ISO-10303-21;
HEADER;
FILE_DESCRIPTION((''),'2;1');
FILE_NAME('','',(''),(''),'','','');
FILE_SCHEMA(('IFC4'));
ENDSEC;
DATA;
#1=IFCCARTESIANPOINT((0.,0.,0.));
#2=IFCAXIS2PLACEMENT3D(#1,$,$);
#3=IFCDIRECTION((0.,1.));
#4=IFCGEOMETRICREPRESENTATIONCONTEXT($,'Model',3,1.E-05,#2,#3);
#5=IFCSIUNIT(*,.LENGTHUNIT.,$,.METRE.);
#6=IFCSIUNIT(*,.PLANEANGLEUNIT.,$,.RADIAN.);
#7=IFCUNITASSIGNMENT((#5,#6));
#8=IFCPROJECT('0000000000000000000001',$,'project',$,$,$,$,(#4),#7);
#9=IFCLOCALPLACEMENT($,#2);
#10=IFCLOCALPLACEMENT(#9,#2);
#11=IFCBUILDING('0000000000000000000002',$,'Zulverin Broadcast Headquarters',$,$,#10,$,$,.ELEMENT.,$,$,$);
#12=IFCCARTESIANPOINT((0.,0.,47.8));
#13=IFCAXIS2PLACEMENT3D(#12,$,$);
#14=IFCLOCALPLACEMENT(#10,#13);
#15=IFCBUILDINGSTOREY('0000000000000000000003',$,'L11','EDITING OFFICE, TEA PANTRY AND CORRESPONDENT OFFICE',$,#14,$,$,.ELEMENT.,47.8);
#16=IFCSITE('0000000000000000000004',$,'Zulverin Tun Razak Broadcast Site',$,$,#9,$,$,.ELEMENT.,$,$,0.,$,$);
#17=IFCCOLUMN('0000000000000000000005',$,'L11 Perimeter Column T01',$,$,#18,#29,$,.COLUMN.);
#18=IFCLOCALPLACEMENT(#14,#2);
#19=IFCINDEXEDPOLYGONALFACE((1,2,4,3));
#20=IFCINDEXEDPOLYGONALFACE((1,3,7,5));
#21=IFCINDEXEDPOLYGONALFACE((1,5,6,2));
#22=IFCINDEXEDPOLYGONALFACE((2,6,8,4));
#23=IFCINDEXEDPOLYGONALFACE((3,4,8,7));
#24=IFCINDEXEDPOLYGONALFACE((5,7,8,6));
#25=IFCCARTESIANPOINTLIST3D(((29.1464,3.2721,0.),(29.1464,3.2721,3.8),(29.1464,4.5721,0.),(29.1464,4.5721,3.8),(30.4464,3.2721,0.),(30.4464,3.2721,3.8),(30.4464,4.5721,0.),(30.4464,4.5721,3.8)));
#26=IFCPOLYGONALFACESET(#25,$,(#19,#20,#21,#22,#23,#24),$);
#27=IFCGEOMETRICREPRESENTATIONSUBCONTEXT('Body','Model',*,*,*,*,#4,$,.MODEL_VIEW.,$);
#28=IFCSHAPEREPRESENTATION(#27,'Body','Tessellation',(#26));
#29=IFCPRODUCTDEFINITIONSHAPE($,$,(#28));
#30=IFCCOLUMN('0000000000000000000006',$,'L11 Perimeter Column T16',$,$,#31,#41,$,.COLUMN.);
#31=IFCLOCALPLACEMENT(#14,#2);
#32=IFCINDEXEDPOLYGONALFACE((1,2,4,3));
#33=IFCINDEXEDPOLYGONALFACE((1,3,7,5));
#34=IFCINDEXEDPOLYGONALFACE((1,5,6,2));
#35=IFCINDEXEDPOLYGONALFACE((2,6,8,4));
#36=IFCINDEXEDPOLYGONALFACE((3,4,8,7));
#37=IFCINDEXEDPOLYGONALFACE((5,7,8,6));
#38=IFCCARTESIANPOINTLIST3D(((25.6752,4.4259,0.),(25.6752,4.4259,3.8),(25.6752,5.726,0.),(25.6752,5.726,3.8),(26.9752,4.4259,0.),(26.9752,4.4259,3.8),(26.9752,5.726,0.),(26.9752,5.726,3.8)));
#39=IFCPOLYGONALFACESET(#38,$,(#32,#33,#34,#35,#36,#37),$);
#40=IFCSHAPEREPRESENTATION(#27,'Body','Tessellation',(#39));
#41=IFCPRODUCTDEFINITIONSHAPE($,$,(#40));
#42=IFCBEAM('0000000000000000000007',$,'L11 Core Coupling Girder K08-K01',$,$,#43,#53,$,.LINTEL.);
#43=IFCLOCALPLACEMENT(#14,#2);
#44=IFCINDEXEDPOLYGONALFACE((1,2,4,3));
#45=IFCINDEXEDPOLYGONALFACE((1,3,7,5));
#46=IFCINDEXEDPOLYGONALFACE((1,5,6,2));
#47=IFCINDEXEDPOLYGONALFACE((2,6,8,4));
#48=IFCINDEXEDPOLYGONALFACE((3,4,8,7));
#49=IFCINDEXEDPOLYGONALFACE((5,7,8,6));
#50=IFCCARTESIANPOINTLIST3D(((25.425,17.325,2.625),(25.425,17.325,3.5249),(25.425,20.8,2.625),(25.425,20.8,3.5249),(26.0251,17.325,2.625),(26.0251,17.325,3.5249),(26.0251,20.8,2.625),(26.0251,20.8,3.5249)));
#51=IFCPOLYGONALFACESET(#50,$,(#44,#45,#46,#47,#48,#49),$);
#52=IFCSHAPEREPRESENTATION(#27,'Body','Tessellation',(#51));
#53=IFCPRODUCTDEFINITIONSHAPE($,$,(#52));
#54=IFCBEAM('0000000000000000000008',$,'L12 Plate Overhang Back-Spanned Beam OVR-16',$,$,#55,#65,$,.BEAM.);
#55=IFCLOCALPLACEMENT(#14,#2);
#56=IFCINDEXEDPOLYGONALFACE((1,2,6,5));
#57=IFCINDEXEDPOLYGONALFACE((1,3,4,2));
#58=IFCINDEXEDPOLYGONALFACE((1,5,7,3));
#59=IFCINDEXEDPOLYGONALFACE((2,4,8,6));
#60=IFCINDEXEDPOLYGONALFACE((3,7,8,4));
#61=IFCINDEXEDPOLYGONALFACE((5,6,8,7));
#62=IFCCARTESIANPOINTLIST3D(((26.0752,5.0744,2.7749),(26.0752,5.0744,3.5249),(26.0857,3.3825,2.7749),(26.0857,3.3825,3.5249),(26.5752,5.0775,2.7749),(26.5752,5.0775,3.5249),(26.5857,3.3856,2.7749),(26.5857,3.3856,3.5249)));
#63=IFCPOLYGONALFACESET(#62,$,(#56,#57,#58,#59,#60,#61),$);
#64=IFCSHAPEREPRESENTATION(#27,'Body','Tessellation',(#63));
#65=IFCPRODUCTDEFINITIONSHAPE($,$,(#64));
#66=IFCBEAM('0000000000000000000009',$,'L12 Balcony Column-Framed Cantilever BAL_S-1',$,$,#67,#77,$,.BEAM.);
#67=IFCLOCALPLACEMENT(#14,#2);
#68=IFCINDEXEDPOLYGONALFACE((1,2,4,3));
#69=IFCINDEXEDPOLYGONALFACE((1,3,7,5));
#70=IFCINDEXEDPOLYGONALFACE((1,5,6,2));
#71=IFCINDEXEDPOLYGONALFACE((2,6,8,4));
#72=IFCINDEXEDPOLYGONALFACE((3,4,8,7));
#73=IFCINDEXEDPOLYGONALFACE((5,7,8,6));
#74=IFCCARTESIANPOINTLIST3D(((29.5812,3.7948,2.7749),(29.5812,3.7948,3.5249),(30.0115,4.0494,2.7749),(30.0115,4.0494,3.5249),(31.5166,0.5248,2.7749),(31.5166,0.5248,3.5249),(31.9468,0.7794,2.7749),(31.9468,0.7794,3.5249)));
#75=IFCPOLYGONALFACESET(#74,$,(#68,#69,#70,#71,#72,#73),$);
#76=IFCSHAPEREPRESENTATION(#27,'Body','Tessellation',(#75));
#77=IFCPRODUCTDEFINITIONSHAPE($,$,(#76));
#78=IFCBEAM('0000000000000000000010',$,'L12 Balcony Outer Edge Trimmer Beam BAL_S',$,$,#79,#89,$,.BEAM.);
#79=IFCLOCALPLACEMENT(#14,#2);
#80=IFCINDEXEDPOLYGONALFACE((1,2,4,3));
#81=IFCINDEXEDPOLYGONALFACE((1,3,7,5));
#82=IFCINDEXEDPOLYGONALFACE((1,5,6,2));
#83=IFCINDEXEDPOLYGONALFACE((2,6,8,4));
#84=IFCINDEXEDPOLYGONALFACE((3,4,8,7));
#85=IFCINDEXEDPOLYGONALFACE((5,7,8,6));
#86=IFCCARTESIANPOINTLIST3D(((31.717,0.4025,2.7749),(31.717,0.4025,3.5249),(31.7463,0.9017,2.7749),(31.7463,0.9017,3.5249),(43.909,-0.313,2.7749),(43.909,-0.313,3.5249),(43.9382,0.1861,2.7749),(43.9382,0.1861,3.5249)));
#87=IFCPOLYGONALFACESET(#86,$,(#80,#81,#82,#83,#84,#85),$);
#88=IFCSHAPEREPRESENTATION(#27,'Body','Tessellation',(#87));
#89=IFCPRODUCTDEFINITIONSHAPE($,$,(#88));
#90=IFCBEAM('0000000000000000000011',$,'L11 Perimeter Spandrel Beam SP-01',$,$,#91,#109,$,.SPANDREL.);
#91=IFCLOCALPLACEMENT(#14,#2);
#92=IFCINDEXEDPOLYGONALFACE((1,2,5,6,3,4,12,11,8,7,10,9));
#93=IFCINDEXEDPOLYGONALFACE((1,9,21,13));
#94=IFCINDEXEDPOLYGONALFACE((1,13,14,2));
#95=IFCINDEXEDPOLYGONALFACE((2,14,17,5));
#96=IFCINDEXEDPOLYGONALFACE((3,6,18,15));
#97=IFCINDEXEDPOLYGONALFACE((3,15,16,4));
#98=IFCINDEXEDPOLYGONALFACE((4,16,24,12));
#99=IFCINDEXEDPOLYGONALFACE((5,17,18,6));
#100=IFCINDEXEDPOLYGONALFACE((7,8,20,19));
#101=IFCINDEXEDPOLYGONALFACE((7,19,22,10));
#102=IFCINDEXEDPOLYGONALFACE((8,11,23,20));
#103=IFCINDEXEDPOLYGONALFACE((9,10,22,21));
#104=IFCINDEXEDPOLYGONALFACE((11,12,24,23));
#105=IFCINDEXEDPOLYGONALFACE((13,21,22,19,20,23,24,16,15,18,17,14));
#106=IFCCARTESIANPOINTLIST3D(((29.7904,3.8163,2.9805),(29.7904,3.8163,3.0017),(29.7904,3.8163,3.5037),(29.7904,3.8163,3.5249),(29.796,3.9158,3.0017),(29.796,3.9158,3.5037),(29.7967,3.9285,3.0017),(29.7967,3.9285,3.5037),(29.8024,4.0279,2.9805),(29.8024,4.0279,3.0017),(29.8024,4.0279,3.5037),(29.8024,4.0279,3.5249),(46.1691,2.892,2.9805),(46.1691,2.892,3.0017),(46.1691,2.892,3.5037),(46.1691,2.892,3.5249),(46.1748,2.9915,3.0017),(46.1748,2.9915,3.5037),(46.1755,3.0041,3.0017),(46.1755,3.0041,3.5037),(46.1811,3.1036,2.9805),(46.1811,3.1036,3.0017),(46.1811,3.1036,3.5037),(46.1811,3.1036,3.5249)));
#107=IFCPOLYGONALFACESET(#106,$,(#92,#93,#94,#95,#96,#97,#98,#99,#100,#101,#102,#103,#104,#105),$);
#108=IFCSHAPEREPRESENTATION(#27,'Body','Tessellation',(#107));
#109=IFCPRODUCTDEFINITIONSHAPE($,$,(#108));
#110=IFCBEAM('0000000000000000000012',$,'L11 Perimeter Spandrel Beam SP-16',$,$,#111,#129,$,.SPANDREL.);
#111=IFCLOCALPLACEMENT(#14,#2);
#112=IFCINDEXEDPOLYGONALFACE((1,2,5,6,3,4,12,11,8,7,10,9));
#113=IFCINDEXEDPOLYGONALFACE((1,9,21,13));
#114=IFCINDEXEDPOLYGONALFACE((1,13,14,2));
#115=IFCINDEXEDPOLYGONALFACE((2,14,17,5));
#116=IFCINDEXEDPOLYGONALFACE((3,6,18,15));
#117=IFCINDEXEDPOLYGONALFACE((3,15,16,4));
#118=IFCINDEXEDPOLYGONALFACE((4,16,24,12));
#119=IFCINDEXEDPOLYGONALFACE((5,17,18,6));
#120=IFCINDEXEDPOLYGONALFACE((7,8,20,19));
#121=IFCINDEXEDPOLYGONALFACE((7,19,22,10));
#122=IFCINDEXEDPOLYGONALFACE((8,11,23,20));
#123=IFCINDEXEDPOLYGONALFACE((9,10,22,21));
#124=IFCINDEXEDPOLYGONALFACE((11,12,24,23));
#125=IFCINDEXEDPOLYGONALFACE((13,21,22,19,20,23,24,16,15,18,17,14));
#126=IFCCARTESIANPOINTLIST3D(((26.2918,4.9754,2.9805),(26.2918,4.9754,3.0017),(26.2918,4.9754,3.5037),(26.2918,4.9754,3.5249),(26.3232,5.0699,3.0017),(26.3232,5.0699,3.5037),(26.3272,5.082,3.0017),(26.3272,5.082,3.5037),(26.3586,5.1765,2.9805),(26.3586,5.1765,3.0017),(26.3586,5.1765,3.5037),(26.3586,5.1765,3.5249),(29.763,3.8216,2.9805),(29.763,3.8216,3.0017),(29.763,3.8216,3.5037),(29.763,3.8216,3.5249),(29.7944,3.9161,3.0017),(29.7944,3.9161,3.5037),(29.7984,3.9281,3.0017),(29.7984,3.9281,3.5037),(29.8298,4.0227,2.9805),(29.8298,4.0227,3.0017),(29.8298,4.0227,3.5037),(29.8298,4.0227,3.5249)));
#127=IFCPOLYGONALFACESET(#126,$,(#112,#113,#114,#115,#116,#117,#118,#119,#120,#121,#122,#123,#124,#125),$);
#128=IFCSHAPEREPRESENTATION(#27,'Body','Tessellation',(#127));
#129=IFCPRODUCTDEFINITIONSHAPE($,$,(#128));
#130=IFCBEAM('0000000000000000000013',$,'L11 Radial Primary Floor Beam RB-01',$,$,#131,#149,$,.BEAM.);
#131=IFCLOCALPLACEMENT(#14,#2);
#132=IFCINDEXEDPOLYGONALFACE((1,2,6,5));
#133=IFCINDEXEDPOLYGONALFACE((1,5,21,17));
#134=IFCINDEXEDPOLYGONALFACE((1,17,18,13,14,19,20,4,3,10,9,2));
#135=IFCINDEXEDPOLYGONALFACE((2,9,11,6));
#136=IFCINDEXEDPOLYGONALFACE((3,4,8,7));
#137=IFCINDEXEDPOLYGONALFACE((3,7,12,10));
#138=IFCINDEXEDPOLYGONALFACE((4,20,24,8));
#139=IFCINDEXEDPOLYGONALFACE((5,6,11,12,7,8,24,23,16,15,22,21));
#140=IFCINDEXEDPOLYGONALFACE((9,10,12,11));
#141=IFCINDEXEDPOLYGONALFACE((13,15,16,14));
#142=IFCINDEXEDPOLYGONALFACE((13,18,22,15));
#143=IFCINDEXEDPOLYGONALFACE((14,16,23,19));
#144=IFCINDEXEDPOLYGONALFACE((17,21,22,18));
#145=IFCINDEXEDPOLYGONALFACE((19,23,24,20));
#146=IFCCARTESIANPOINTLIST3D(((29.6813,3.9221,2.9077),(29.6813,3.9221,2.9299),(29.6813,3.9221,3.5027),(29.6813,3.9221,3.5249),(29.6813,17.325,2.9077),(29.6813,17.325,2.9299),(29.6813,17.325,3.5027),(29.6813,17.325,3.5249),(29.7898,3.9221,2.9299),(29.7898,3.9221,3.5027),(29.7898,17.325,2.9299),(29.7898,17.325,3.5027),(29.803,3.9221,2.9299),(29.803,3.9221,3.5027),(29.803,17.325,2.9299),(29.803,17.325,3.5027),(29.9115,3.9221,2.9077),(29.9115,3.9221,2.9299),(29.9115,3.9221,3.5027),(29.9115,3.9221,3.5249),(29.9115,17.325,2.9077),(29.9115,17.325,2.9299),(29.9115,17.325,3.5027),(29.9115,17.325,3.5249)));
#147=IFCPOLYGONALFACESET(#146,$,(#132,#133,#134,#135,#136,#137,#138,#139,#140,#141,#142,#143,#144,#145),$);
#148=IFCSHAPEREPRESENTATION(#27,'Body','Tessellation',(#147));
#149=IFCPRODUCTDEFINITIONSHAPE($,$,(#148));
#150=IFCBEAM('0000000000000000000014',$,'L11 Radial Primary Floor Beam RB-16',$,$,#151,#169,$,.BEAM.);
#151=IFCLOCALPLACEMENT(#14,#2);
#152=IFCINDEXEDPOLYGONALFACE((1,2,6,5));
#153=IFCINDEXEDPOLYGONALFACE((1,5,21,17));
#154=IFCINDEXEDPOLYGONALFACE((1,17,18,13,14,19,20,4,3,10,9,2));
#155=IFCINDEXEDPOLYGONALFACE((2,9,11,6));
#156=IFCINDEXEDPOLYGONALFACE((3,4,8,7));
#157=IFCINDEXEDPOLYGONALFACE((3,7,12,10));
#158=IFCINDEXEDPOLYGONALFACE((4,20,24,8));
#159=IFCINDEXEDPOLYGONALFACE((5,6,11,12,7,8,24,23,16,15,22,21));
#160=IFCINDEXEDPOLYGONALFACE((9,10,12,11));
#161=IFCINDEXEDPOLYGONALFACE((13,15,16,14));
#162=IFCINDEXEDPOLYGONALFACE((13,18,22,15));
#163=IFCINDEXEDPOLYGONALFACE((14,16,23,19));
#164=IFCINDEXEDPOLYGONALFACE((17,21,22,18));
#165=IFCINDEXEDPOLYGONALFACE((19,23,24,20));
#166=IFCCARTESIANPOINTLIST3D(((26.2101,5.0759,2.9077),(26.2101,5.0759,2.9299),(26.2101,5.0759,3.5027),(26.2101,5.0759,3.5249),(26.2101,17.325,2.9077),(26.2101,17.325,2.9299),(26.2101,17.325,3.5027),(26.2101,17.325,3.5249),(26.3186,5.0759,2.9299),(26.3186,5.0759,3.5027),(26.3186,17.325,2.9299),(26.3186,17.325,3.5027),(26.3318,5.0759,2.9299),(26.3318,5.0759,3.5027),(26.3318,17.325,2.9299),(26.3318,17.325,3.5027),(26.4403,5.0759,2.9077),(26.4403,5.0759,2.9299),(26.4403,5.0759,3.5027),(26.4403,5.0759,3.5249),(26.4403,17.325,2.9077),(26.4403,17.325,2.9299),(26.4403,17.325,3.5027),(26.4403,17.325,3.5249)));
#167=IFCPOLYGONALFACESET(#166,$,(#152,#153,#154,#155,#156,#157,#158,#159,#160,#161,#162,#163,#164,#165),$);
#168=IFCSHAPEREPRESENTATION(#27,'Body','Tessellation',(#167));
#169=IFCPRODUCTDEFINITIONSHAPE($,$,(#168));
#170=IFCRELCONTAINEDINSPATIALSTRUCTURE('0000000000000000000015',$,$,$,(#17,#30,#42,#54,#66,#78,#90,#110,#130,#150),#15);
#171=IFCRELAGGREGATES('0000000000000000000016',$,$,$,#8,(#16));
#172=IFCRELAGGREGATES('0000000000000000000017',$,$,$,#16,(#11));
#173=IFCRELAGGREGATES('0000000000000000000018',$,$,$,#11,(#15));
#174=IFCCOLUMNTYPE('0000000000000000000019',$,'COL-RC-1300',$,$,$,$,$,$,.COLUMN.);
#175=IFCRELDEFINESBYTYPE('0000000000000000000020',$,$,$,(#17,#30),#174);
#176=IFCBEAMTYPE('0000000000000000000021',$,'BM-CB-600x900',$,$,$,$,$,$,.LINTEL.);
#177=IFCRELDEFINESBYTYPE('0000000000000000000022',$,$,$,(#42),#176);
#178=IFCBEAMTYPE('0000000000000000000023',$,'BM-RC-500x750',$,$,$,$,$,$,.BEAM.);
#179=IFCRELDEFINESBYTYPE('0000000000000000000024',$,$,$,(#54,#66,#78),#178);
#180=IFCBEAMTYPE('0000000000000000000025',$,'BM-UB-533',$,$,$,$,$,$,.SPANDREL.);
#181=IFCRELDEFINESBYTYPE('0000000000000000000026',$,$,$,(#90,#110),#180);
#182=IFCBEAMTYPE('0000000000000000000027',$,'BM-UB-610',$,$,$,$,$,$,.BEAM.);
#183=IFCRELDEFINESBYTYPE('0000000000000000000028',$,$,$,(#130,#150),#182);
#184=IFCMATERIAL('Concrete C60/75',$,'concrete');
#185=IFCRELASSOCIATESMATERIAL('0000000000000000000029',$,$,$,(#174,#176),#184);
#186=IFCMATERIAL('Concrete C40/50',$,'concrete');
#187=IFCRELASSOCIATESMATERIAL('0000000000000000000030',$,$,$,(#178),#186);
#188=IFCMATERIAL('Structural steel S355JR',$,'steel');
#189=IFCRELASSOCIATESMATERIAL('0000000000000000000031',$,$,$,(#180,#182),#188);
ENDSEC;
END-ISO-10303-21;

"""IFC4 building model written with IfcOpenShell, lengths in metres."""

from ifc_helpers import new_model, si_unit, direction, frame, origin, origin_2d, place, context, subcontext, project, spatial, rectangle, i_section, extrude, material, material_profile, profile_set, type_object, element, save


model = new_model("IFC4")

# Units and contexts
model_context = context("Model", 3, precision=1e-05, world=origin(), true_north=direction((0.0, 1.0)))
body_context = subcontext(model_context, "Body", "Model", "MODEL_VIEW")
ifc_project = project(units=[si_unit("LENGTHUNIT", "METRE"), si_unit("PLANEANGLEUNIT", "RADIAN")], contexts=[model_context])

# Site, building, storey
site_placement = place(None, origin())
site = spatial("IfcSite", under=ifc_project, at=site_placement, Name="Zulverin Tun Razak Broadcast Site", CompositionType="ELEMENT", RefElevation=0.0)
building_placement = place(site_placement, origin())
building = spatial("IfcBuilding", under=site, at=building_placement, Name="Zulverin Broadcast Headquarters", CompositionType="ELEMENT")
storey_placement = place(building_placement, frame((0.0, 0.0, 47.8)))
storey = spatial("IfcBuildingStorey", under=building, at=storey_placement, Name="L11", Description="EDITING OFFICE, TEA PANTRY AND CORRESPONDENT OFFICE", CompositionType="ELEMENT", Elevation=47.8)

# Columns
ifc_material_1 = material(Name="Concrete C60/75", Category="concrete")
ifc_material_profile_1 = material_profile(ifc_material_1, rectangle(XDim=1.3, YDim=1.3, at=origin_2d()), Name="Concrete C60/75", Category="concrete")
ifc_profile_set_1 = profile_set([ifc_material_profile_1], Name="Concrete C60/75")
column_type = type_object("IfcColumnType", Name="COL-RC-1300", PredefinedType="COLUMN", material=ifc_profile_set_1)
for number, where, z_axis, x_axis, name in (
    (1, (29.7964, 3.9221, 0.0), (0.0, 0.0, 1.0), (1.0, 0.0, 0.0), "L11 Perimeter Column T01"),
    (2, (26.3252, 5.0759, 0.0), (0.0, 0.0, 1.0), (1.0, 0.0, 0.0), "L11 Perimeter Column T16"),
):
    element("IfcColumn", number, at=place(storey_placement, frame(where, z_axis=z_axis, x_axis=x_axis)), inside=storey, type_object=column_type, Name=name, PredefinedType="COLUMN", context=body_context, shape_type="SweptSolid", body=[
        extrude(rectangle(XDim=1.3, YDim=1.3, at=origin_2d()), origin(), (0.0, 0.0, 1.0), 3.8),
    ])

# Beams
ifc_material_profile_2 = material_profile(ifc_material_1, rectangle(XDim=0.6001, YDim=0.8999, at=origin_2d()), Name="Concrete C60/75", Category="concrete")
ifc_profile_set_2 = profile_set([ifc_material_profile_2], Name="Concrete C60/75")
beam_type_1 = type_object("IfcBeamType", Name="BM-CB-600x900", PredefinedType="LINTEL", material=ifc_profile_set_2)
beam_1_placement = place(storey_placement, frame((25.7251, 20.8, 3.075), z_axis=(0.0, -1.0, 0.0), x_axis=(1.0, 0.0, 0.0)))
element("IfcBeam", 3, at=beam_1_placement, inside=storey, type_object=beam_type_1, Name="L11 Core Coupling Girder K08-K01", PredefinedType="LINTEL", context=body_context, shape_type="SweptSolid", body=[
    extrude(rectangle(XDim=0.6001, YDim=0.8999, at=origin_2d()), origin(), (0.0, 0.0, 1.0), 3.4751),
])
ifc_material_2 = material(Name="Concrete C40/50", Category="concrete")
ifc_material_profile_3 = material_profile(ifc_material_2, rectangle(XDim=0.5, YDim=0.75, at=origin_2d()), Name="Concrete C40/50", Category="concrete")
ifc_profile_set_3 = profile_set([ifc_material_profile_3], Name="Concrete C40/50")
beam_type_2 = type_object("IfcBeamType", Name="BM-RC-500x750", PredefinedType="BEAM", material=ifc_profile_set_3)
beam_2_placement = place(storey_placement, frame((26.3252, 5.0759, 3.1499), z_axis=(0.006205, -0.999981, 0.0), x_axis=(0.999981, 0.006205, 0.0)))
element("IfcBeam", 4, at=beam_2_placement, inside=storey, type_object=beam_type_2, Name="L12 Plate Overhang Back-Spanned Beam OVR-16", PredefinedType="BEAM", context=body_context, shape_type="SweptSolid", body=[
    extrude(rectangle(XDim=0.5, YDim=0.75, at=origin_2d()), origin(), (0.0, 0.0, 1.0), 1.6919),
])
beam_3_placement = place(storey_placement, frame((29.7964, 3.9221, 3.1499), z_axis=(0.509318, -0.860578, 0.0), x_axis=(0.860578, 0.509318, 0.0)))
element("IfcBeam", 5, at=beam_3_placement, inside=storey, type_object=beam_type_2, Name="L12 Balcony Column-Framed Cantilever BAL_S-1", PredefinedType="BEAM", context=body_context, shape_type="SweptSolid", body=[
    extrude(rectangle(XDim=0.5, YDim=0.75, at=origin_2d()), origin(), (0.0, 0.0, 1.0), 3.7998),
])
beam_4_placement = place(storey_placement, frame((31.7317, 0.6521, 3.1499), z_axis=(0.998282, -0.058592, 0.0), x_axis=(0.058592, 0.998282, 0.0)))
element("IfcBeam", 6, at=beam_4_placement, inside=storey, type_object=beam_type_2, Name="L12 Balcony Outer Edge Trimmer Beam BAL_S", PredefinedType="BEAM", context=body_context, shape_type="SweptSolid", body=[
    extrude(rectangle(XDim=0.5, YDim=0.75, at=origin_2d()), origin(), (0.0, 0.0, 1.0), 12.2129),
])
ifc_material_3 = material(Name="Structural steel S355JR", Category="steel")
ifc_material_profile_4 = material_profile(ifc_material_3, i_section(OverallWidth=0.2119, OverallDepth=0.5444, WebThickness=0.0127, FlangeThickness=0.0212, at=origin_2d()), Name="Structural steel S355JR", Category="steel")
ifc_profile_set_4 = profile_set([ifc_material_profile_4], Name="Structural steel S355JR")
beam_type_3 = type_object("IfcBeamType", Name="BM-UB-533", PredefinedType="SPANDREL", material=ifc_profile_set_4)
beam_5_placement = place(storey_placement, frame((29.7964, 3.9221, 3.2527), z_axis=(0.998411, -0.056345, 0.0), x_axis=(0.056345, 0.998411, 0.0)))
element("IfcBeam", 7, at=beam_5_placement, inside=storey, type_object=beam_type_3, Name="L11 Perimeter Spandrel Beam SP-01", PredefinedType="SPANDREL", context=body_context, shape_type="SweptSolid", body=[
    extrude(i_section(OverallWidth=0.2119, OverallDepth=0.5444, WebThickness=0.0127, FlangeThickness=0.0212, at=origin_2d()), origin(), (0.0, 0.0, 1.0), 16.4048),
])
beam_6_placement = place(storey_placement, frame((26.3252, 5.0759, 3.2527), z_axis=(0.94895, -0.315427, 0.0), x_axis=(0.315427, 0.94895, 0.0)))
element("IfcBeam", 8, at=beam_6_placement, inside=storey, type_object=beam_type_3, Name="L11 Perimeter Spandrel Beam SP-16", PredefinedType="SPANDREL", context=body_context, shape_type="SweptSolid", body=[
    extrude(i_section(OverallWidth=0.2119, OverallDepth=0.5444, WebThickness=0.0127, FlangeThickness=0.0212, at=origin_2d()), origin(), (0.0, 0.0, 1.0), 3.658),
])
ifc_material_profile_5 = material_profile(ifc_material_3, i_section(OverallWidth=0.2302, OverallDepth=0.6172, WebThickness=0.0132, FlangeThickness=0.0222, at=origin_2d()), Name="Structural steel S355JR", Category="steel")
ifc_profile_set_5 = profile_set([ifc_material_profile_5], Name="Structural steel S355JR")
beam_type_4 = type_object("IfcBeamType", Name="BM-UB-610", PredefinedType="BEAM", material=ifc_profile_set_5)
beam_7_placement = place(storey_placement, frame((29.7964, 17.325, 3.2163), z_axis=(0.0, -1.0, 0.0), x_axis=(1.0, 0.0, 0.0)))
element("IfcBeam", 9, at=beam_7_placement, inside=storey, type_object=beam_type_4, Name="L11 Radial Primary Floor Beam RB-01", PredefinedType="BEAM", context=body_context, shape_type="SweptSolid", body=[
    extrude(i_section(OverallWidth=0.2302, OverallDepth=0.6172, WebThickness=0.0132, FlangeThickness=0.0222, at=origin_2d()), origin(), (0.0, 0.0, 1.0), 13.4028),
])
beam_8_placement = place(storey_placement, frame((26.3252, 17.325, 3.2163), z_axis=(0.0, -1.0, 0.0), x_axis=(1.0, 0.0, 0.0)))
element("IfcBeam", 10, at=beam_8_placement, inside=storey, type_object=beam_type_4, Name="L11 Radial Primary Floor Beam RB-16", PredefinedType="BEAM", context=body_context, shape_type="SweptSolid", body=[
    extrude(i_section(OverallWidth=0.2302, OverallDepth=0.6172, WebThickness=0.0132, FlangeThickness=0.0222, at=origin_2d()), origin(), (0.0, 0.0, 1.0), 12.249),
])

save(model, "model.ifc")
